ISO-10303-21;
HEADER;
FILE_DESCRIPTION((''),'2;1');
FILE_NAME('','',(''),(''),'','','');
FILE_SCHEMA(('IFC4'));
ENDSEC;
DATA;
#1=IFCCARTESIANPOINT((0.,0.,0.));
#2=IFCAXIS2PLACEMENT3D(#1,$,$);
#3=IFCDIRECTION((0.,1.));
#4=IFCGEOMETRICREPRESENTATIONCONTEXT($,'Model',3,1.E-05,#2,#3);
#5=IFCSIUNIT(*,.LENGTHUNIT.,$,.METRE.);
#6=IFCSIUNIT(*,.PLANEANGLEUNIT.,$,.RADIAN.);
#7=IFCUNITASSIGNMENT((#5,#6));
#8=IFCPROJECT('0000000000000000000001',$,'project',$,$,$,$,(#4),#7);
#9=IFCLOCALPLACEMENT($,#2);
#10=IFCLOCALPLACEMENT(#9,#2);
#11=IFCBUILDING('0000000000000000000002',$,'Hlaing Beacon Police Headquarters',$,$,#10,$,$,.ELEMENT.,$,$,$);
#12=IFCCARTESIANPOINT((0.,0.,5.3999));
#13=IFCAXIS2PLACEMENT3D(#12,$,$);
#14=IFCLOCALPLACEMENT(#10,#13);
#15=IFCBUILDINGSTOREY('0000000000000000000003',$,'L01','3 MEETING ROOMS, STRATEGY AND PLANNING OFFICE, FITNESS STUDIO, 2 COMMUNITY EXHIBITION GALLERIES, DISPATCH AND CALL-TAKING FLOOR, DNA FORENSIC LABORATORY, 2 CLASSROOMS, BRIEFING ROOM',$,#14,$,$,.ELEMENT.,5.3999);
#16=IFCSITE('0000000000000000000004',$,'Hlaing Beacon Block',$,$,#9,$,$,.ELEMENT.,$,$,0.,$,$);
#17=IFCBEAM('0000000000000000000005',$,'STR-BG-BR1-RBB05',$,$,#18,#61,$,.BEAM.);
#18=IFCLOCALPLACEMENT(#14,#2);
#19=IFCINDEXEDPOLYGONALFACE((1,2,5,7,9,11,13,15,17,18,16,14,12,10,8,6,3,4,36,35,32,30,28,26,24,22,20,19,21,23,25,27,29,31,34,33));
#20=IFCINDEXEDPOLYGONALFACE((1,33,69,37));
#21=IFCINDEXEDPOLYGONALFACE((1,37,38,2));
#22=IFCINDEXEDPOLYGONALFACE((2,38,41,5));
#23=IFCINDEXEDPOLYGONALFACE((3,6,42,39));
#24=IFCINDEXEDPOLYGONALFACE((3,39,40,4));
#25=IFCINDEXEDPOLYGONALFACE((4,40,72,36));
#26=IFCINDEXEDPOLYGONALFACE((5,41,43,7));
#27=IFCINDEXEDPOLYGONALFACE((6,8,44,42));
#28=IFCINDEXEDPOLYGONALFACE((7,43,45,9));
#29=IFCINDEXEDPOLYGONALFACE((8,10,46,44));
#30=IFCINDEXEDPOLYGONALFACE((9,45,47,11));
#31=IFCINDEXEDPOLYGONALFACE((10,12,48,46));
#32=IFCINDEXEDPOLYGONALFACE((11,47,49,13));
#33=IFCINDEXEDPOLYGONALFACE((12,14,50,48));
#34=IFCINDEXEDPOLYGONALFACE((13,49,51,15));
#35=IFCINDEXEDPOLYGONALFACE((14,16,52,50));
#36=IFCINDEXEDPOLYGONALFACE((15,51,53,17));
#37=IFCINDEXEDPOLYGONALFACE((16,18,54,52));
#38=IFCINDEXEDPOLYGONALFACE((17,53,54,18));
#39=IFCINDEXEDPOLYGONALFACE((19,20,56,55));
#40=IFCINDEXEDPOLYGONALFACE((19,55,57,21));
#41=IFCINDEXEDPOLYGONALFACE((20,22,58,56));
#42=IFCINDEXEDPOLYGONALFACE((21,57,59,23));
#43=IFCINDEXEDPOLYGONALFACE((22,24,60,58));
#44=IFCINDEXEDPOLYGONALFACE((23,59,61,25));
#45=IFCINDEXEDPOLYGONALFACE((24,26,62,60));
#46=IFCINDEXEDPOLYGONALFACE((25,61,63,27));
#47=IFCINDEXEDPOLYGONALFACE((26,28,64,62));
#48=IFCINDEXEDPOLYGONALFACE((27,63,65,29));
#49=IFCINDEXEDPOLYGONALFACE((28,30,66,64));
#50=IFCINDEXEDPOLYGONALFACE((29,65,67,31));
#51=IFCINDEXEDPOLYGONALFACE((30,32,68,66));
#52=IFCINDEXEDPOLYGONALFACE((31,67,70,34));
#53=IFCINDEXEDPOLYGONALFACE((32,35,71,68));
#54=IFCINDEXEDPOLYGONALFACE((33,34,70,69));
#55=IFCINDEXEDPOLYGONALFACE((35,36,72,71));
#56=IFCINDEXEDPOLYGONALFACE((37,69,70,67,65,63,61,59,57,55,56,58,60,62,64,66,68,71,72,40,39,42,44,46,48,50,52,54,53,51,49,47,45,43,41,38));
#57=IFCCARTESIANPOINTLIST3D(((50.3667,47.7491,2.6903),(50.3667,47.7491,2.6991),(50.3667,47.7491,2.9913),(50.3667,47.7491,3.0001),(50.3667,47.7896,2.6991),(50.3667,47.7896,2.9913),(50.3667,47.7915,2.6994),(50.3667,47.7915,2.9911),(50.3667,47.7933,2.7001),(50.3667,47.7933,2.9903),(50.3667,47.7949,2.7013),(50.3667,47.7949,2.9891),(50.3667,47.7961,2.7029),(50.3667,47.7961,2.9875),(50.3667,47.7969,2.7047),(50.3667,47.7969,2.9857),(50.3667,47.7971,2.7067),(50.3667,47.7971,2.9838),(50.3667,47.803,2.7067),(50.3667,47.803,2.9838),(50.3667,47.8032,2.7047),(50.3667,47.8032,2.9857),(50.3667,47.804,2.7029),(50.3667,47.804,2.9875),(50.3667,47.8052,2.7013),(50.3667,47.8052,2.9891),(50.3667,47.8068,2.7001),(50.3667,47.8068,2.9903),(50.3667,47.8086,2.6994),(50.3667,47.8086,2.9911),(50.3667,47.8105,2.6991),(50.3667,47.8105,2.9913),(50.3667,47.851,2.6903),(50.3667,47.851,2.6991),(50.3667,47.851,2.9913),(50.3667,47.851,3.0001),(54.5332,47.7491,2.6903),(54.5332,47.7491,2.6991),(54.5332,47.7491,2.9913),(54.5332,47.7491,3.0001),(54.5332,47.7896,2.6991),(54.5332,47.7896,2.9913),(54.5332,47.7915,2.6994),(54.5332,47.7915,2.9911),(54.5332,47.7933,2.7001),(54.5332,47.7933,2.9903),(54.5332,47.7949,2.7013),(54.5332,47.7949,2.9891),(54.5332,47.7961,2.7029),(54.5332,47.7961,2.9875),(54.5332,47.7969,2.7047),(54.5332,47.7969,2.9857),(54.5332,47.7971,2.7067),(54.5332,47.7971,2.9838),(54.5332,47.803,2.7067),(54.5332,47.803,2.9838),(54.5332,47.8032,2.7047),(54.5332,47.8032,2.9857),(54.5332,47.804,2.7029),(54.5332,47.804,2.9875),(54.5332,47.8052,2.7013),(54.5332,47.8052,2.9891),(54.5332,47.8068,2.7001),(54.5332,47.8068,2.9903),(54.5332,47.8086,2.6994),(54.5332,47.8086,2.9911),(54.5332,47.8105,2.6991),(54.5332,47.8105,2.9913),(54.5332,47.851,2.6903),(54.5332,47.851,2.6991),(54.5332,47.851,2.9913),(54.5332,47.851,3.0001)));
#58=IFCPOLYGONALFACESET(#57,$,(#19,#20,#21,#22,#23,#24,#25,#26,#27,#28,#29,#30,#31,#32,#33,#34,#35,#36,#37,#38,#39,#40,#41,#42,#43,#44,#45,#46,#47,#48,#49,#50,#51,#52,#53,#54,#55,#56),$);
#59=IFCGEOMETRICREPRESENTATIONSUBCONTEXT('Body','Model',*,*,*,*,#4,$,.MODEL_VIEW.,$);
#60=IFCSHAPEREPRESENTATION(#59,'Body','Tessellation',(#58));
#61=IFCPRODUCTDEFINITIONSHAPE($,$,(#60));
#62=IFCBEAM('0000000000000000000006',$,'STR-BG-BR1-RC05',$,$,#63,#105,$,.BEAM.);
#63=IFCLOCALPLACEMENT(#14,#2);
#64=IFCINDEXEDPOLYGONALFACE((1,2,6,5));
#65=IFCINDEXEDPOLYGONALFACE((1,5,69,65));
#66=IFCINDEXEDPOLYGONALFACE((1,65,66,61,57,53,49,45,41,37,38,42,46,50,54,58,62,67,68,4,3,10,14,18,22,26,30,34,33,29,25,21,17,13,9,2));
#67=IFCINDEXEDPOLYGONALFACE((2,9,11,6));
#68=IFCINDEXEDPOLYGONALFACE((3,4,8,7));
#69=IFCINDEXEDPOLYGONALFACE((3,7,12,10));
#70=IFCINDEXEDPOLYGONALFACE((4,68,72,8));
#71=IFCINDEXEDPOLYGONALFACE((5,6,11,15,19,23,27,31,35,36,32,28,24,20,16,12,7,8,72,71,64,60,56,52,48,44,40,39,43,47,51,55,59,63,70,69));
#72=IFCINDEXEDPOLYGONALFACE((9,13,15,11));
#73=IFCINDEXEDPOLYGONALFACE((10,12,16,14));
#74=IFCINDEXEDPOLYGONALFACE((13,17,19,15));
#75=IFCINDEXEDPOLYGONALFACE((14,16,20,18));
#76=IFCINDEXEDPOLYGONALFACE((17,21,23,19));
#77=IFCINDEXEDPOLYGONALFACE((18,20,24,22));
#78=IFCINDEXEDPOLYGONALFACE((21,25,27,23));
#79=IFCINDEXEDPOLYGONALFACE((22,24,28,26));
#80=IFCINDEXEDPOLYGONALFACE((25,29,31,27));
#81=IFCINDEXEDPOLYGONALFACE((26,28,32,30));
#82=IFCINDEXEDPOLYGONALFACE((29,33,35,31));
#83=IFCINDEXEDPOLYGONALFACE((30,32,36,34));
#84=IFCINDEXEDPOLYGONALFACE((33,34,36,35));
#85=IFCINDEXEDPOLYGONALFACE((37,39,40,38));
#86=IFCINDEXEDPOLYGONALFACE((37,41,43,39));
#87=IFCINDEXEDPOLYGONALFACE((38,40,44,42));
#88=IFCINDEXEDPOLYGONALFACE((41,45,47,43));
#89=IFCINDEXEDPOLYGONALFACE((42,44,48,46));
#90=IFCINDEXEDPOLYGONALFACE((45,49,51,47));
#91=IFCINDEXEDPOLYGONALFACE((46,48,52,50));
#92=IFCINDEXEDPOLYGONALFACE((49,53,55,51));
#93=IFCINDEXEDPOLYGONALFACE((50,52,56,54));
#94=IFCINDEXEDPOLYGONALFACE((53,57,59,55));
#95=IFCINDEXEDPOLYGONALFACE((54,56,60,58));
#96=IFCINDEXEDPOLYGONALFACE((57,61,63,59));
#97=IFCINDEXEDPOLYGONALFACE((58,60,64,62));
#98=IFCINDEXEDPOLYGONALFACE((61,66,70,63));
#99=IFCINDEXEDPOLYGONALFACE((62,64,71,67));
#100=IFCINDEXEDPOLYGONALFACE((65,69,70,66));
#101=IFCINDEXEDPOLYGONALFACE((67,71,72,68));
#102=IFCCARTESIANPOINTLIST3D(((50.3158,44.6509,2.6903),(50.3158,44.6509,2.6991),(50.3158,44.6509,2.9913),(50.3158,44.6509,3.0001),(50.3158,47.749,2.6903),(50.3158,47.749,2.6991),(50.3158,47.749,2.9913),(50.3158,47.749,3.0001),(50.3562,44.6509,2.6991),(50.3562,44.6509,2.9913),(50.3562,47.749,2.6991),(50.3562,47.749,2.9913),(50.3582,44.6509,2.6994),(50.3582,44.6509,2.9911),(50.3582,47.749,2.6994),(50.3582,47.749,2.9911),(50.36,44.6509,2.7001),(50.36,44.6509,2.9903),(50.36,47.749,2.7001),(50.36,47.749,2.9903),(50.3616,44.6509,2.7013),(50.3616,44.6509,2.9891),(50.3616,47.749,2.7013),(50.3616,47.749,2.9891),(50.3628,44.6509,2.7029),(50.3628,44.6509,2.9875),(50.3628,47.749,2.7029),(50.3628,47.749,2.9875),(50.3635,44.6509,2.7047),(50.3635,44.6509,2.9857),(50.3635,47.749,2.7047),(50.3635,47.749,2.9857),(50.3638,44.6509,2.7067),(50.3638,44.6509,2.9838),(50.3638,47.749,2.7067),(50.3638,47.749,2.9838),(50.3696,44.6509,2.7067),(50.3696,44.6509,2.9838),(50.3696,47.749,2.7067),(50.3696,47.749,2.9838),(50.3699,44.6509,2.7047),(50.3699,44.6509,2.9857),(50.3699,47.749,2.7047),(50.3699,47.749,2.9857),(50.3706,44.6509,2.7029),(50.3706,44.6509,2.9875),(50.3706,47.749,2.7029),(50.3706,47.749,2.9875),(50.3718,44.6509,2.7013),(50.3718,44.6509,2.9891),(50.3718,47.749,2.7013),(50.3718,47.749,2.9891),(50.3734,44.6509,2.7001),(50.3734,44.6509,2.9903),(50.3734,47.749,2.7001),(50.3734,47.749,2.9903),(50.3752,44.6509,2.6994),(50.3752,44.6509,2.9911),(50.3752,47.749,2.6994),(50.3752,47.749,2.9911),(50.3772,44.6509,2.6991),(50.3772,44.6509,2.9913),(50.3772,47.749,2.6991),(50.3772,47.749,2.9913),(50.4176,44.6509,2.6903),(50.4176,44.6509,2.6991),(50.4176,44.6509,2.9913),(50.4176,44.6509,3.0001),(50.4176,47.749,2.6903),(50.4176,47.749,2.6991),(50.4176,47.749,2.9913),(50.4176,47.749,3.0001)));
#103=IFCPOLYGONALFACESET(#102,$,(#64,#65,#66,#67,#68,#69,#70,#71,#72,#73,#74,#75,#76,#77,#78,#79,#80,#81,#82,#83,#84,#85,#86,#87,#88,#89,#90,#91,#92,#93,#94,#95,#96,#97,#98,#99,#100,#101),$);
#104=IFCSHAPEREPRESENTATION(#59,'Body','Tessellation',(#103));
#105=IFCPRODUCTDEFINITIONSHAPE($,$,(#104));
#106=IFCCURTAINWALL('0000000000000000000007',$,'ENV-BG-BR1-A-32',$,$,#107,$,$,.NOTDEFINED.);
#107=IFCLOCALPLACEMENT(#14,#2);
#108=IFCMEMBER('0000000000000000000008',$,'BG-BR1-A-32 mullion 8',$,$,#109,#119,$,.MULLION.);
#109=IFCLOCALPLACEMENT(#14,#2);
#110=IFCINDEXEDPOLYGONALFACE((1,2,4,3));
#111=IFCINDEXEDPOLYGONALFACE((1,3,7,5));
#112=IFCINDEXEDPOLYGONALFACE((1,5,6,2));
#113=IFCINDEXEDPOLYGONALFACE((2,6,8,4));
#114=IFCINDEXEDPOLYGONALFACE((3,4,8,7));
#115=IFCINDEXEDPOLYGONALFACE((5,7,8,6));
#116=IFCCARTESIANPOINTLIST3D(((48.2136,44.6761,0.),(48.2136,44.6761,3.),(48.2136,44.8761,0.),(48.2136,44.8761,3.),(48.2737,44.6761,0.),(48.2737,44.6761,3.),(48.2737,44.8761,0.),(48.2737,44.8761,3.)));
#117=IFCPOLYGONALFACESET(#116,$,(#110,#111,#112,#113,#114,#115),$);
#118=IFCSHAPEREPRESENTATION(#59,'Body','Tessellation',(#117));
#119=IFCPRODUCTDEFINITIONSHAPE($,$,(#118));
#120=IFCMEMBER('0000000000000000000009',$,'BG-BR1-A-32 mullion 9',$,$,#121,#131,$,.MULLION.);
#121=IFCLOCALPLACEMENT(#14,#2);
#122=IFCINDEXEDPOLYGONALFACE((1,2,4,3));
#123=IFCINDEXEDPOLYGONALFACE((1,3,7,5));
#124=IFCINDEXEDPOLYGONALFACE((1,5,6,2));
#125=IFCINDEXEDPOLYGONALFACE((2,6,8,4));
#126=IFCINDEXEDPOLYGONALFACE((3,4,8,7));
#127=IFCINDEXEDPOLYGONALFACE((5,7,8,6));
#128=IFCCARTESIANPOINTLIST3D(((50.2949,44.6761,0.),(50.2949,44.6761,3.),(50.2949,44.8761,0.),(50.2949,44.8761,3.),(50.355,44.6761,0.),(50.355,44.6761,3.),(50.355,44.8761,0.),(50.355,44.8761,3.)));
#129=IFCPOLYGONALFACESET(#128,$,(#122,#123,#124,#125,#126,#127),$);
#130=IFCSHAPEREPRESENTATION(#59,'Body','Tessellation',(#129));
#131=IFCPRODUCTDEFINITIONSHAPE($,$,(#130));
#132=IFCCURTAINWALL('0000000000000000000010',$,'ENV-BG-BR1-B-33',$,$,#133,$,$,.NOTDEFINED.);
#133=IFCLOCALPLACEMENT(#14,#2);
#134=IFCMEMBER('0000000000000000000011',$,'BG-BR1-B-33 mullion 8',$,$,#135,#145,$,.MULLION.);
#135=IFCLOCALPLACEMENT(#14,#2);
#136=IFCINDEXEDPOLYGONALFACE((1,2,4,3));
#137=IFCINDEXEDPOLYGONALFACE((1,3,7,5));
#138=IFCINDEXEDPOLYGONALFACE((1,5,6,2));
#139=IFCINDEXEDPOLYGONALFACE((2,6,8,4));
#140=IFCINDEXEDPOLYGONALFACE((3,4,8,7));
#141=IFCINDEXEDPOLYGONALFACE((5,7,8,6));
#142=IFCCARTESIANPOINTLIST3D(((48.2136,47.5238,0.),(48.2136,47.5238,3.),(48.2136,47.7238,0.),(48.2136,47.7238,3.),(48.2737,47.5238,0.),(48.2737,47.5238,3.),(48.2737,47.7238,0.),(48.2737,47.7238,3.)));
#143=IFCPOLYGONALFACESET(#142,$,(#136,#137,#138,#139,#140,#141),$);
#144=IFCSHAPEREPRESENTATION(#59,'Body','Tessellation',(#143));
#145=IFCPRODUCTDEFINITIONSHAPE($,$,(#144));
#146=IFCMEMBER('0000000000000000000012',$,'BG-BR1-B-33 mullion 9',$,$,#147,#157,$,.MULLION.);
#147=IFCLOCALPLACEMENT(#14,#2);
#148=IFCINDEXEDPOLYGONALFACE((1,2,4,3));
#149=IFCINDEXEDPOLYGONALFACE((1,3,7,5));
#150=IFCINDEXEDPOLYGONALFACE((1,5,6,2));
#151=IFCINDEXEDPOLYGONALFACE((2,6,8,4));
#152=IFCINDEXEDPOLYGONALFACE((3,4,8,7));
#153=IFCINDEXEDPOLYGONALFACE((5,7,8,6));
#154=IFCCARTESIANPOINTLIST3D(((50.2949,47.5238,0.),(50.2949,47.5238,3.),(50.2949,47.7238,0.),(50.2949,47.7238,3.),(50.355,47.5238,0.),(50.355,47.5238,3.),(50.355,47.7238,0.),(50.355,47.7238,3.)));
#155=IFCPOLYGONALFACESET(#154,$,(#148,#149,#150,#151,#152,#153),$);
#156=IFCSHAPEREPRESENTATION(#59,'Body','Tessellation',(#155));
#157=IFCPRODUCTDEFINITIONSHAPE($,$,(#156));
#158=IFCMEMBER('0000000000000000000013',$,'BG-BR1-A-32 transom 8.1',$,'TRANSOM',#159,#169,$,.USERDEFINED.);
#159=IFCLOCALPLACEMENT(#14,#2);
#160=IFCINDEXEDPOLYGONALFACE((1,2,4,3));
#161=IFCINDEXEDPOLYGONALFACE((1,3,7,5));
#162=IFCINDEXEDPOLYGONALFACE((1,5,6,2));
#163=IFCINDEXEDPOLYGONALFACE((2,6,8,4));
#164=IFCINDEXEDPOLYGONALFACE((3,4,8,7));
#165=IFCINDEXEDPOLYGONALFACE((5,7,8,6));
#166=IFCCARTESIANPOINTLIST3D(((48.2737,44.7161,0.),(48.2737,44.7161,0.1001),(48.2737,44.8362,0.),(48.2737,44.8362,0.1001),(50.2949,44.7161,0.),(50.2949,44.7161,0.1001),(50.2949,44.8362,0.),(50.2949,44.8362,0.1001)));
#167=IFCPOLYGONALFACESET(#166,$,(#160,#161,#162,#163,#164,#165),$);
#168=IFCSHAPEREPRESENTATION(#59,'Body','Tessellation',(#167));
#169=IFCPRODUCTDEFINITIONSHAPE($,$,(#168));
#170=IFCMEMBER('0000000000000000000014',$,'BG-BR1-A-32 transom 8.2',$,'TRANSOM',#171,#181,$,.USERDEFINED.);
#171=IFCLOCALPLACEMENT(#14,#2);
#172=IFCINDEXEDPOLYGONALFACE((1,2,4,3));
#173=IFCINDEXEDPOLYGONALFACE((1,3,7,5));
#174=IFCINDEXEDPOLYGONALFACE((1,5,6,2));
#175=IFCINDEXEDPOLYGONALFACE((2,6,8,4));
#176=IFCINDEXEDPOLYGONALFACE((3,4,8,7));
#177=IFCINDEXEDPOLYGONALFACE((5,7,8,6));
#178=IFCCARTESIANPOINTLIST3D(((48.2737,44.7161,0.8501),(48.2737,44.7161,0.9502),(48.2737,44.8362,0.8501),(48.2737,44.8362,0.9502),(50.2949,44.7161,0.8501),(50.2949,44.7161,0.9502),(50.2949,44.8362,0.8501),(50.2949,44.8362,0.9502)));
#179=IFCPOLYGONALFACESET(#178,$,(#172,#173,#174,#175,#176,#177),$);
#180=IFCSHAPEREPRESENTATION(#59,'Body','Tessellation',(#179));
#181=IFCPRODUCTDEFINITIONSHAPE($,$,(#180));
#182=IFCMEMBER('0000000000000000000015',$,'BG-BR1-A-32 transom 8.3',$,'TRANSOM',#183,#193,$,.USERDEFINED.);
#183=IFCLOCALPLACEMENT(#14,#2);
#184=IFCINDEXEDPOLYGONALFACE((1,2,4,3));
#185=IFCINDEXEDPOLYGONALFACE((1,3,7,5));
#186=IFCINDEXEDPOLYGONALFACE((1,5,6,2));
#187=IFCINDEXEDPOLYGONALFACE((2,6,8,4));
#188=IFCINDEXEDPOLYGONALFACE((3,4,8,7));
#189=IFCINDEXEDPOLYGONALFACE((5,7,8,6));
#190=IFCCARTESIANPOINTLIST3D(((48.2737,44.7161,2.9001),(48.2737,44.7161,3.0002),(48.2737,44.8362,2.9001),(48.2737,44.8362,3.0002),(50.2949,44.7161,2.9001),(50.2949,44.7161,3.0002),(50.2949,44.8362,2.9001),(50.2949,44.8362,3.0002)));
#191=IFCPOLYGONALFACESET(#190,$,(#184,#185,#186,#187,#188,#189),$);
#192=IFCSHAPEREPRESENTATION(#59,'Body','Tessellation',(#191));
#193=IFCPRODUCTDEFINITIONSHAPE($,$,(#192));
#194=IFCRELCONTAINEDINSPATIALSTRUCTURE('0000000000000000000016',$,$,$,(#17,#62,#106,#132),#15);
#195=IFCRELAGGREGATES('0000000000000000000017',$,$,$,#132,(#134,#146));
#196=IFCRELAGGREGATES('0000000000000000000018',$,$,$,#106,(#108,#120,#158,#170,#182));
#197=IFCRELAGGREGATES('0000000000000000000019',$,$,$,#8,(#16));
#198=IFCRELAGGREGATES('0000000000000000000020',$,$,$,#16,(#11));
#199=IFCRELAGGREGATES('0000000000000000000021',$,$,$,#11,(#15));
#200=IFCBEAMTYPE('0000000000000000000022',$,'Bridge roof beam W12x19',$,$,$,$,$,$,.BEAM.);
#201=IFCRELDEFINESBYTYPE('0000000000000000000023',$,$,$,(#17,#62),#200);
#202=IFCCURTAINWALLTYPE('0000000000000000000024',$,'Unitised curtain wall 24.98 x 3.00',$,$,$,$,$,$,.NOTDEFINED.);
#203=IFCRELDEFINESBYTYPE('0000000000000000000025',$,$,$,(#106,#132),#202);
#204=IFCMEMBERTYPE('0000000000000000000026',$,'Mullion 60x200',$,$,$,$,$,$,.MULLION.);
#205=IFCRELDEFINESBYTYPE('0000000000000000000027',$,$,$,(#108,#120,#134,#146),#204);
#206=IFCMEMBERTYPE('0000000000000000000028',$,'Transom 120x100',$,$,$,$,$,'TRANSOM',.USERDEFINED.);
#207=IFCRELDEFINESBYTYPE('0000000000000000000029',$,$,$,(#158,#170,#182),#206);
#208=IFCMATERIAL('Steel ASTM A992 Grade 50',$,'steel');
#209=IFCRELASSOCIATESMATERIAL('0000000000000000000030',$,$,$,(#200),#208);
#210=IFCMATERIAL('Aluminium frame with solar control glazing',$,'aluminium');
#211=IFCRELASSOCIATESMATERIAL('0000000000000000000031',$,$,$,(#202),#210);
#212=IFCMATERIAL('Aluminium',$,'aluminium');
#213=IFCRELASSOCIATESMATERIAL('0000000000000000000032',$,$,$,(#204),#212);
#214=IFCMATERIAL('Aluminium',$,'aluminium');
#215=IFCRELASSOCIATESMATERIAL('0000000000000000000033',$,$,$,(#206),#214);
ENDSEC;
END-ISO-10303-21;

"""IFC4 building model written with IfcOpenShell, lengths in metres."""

from ifc_helpers import new_model, si_unit, direction, frame, origin, origin_2d, place, context, subcontext, project, spatial, rectangle, i_section, extrude, material, material_profile, profile_set, type_object, element, aggregate, save


model = new_model("IFC4")

# Units and contexts
model_context = context("Model", 3, precision=1e-05, world=origin(), true_north=direction((0.0, 1.0)))
body_context = subcontext(model_context, "Body", "Model", "MODEL_VIEW")
ifc_project = project(units=[si_unit("LENGTHUNIT", "METRE"), si_unit("PLANEANGLEUNIT", "RADIAN")], contexts=[model_context])

# Site, building, storey
site_placement = place(None, origin())
site = spatial("IfcSite", under=ifc_project, at=site_placement, Name="Hlaing Beacon Block", CompositionType="ELEMENT", RefElevation=0.0)
building_placement = place(site_placement, origin())
building = spatial("IfcBuilding", under=site, at=building_placement, Name="Hlaing Beacon Police Headquarters", CompositionType="ELEMENT")
storey_placement = place(building_placement, frame((0.0, 0.0, 5.3999)))
storey = spatial("IfcBuildingStorey", under=building, at=storey_placement, Name="L01", Description="3 MEETING ROOMS, STRATEGY AND PLANNING OFFICE, FITNESS STUDIO, 2 COMMUNITY EXHIBITION GALLERIES, DISPATCH AND CALL-TAKING FLOOR, DNA FORENSIC LABORATORY, 2 CLASSROOMS, BRIEFING ROOM", CompositionType="ELEMENT", Elevation=5.3999)

# Beams
ifc_material_1 = material(Name="Steel ASTM A992 Grade 50", Category="steel")
ifc_material_profile_1 = material_profile(ifc_material_1, i_section(OverallWidth=0.1018, OverallDepth=0.3098, WebThickness=0.0059, FlangeThickness=0.0088, FilletRadius=0.0076, at=origin_2d()), Name="W12x19")
ifc_profile_set_1 = profile_set([ifc_material_profile_1], Name="Steel ASTM A992 Grade 50")
beam_type_1 = type_object("IfcBeamType", Name="Bridge roof beam W12x19", PredefinedType="BEAM", material=ifc_profile_set_1)
for number, where, z_axis, x_axis, name in (
    (1, (50.3667, 47.8, 2.8452), (1.0, 0.0, 0.0), (0.0, 1.0, 0.0), "STR-BG-BR1-RBB05"),
):
    element("IfcBeam", number, at=place(storey_placement, frame(where, z_axis=z_axis, x_axis=x_axis)), inside=storey, type_object=beam_type_1, Name=name, PredefinedType="BEAM", context=body_context, shape_type="SweptSolid", body=[
        extrude(i_section(OverallWidth=0.1018, OverallDepth=0.3098, WebThickness=0.0059, FlangeThickness=0.0088, FilletRadius=0.0076, at=origin_2d()), origin(), (0.0, 0.0, 1.0), 4.1665),
    ])
beam_placement = place(storey_placement, frame((50.3667, 44.6509, 2.8452), z_axis=(0.0, 1.0, 0.0), x_axis=(-1.0, 0.0, 0.0)))
element("IfcBeam", 2, at=beam_placement, inside=storey, type_object=beam_type_1, Name="STR-BG-BR1-RC05", PredefinedType="BEAM", context=body_context, shape_type="SweptSolid", body=[
    extrude(i_section(OverallWidth=0.1018, OverallDepth=0.3098, WebThickness=0.0059, FlangeThickness=0.0088, FilletRadius=0.0076, at=origin_2d()), origin(), (0.0, 0.0, 1.0), 3.0981),
])

# Curtain walls, members
ifc_material_2 = material(Name="Aluminium frame with solar control glazing", Category="aluminium")
curtain_wall_type = type_object("IfcCurtainWallType", Name="Unitised curtain wall 24.98 x 3.00", PredefinedType="NOTDEFINED", material=ifc_material_2)
curtain_wall_1_placement = place(storey_placement, origin())
curtain_wall_1 = element("IfcCurtainWall", 3, at=curtain_wall_1_placement, inside=storey, type_object=curtain_wall_type, Name="ENV-BG-BR1-A-32", PredefinedType="NOTDEFINED")
ifc_material_3 = material(Name="Aluminium", Category="aluminium")
ifc_material_profile_2 = material_profile(ifc_material_3, rectangle(XDim=0.2, YDim=0.0601, at=origin_2d()), Name="Mullion 60x200")
ifc_profile_set_2 = profile_set([ifc_material_profile_2], Name="Aluminium")
member_type_1 = type_object("IfcMemberType", Name="Mullion 60x200", PredefinedType="MULLION", material=ifc_profile_set_2)
member_1_placement = place(storey_placement, frame((48.2437, 44.7761, 0.0), z_axis=(0.0, 0.0, 1.0), x_axis=(0.0, 1.0, 0.0)))
member_1 = element("IfcMember", 4, at=member_1_placement, type_object=member_type_1, Name="BG-BR1-A-32 mullion 8", PredefinedType="MULLION", context=body_context, shape_type="SweptSolid", body=[
    extrude(rectangle(XDim=0.2, YDim=0.0601, at=origin_2d()), origin(), (0.0, 0.0, 1.0), 3.0),
])
member_2_placement = place(storey_placement, frame((50.325, 44.7761, 0.0), z_axis=(0.0, 0.0, 1.0), x_axis=(0.0, 1.0, 0.0)))
member_2 = element("IfcMember", 5, at=member_2_placement, type_object=member_type_1, Name="BG-BR1-A-32 mullion 9", PredefinedType="MULLION", context=body_context, shape_type="SweptSolid", body=[
    extrude(rectangle(XDim=0.2, YDim=0.0601, at=origin_2d()), origin(), (0.0, 0.0, 1.0), 3.0),
])
curtain_wall_2_placement = place(storey_placement, origin())
curtain_wall_2 = element("IfcCurtainWall", 6, at=curtain_wall_2_placement, inside=storey, type_object=curtain_wall_type, Name="ENV-BG-BR1-B-33", PredefinedType="NOTDEFINED")
member_3_placement = place(storey_placement, frame((48.2437, 47.6238, 0.0), z_axis=(0.0, 0.0, 1.0), x_axis=(0.0, 1.0, 0.0)))
member_3 = element("IfcMember", 7, at=member_3_placement, type_object=member_type_1, Name="BG-BR1-B-33 mullion 8", PredefinedType="MULLION", context=body_context, shape_type="SweptSolid", body=[
    extrude(rectangle(XDim=0.2, YDim=0.0601, at=origin_2d()), origin(), (0.0, 0.0, 1.0), 3.0),
])
member_4_placement = place(storey_placement, frame((50.325, 47.6238, 0.0), z_axis=(0.0, 0.0, 1.0), x_axis=(0.0, 1.0, 0.0)))
member_4 = element("IfcMember", 8, at=member_4_placement, type_object=member_type_1, Name="BG-BR1-B-33 mullion 9", PredefinedType="MULLION", context=body_context, shape_type="SweptSolid", body=[
    extrude(rectangle(XDim=0.2, YDim=0.0601, at=origin_2d()), origin(), (0.0, 0.0, 1.0), 3.0),
])

# Members
ifc_material_4 = material(Name="Aluminium", Category="aluminium")
ifc_material_profile_3 = material_profile(ifc_material_4, rectangle(XDim=0.1201, YDim=0.1001, at=origin_2d()), Name="Transom 120x100")
ifc_profile_set_3 = profile_set([ifc_material_profile_3], Name="Aluminium")
member_type_2 = type_object("IfcMemberType", Name="Transom 120x100", ElementType="TRANSOM", PredefinedType="USERDEFINED", material=ifc_profile_set_3)
member_5_placement = place(storey_placement, frame((48.2737, 44.7761, 0.05), z_axis=(1.0, 0.0, 0.0), x_axis=(0.0, 1.0, 0.0)))
member_5 = element("IfcMember", 9, at=member_5_placement, type_object=member_type_2, Name="BG-BR1-A-32 transom 8.1", ObjectType="TRANSOM", PredefinedType="USERDEFINED", context=body_context, shape_type="SweptSolid", body=[
    extrude(rectangle(XDim=0.1201, YDim=0.1001, at=origin_2d()), origin(), (0.0, 0.0, 1.0), 2.0212),
])
member_6_placement = place(storey_placement, frame((48.2737, 44.7761, 0.9001), z_axis=(1.0, 0.0, 0.0), x_axis=(0.0, 1.0, 0.0)))
member_6 = element("IfcMember", 10, at=member_6_placement, type_object=member_type_2, Name="BG-BR1-A-32 transom 8.2", ObjectType="TRANSOM", PredefinedType="USERDEFINED", context=body_context, shape_type="SweptSolid", body=[
    extrude(rectangle(XDim=0.1201, YDim=0.1001, at=origin_2d()), origin(), (0.0, 0.0, 1.0), 2.0212),
])
member_7_placement = place(storey_placement, frame((48.2737, 44.7761, 2.9502), z_axis=(1.0, 0.0, 0.0), x_axis=(0.0, 1.0, 0.0)))
member_7 = element("IfcMember", 11, at=member_7_placement, type_object=member_type_2, Name="BG-BR1-A-32 transom 8.3", ObjectType="TRANSOM", PredefinedType="USERDEFINED", context=body_context, shape_type="SweptSolid", body=[
    extrude(rectangle(XDim=0.1201, YDim=0.1001, at=origin_2d()), origin(), (0.0, 0.0, 1.0), 2.0212),
])

aggregate(curtain_wall_2, [member_3, member_4])
aggregate(curtain_wall_1, [member_1, member_2, member_5, member_6, member_7])

save(model, "model.ifc")
